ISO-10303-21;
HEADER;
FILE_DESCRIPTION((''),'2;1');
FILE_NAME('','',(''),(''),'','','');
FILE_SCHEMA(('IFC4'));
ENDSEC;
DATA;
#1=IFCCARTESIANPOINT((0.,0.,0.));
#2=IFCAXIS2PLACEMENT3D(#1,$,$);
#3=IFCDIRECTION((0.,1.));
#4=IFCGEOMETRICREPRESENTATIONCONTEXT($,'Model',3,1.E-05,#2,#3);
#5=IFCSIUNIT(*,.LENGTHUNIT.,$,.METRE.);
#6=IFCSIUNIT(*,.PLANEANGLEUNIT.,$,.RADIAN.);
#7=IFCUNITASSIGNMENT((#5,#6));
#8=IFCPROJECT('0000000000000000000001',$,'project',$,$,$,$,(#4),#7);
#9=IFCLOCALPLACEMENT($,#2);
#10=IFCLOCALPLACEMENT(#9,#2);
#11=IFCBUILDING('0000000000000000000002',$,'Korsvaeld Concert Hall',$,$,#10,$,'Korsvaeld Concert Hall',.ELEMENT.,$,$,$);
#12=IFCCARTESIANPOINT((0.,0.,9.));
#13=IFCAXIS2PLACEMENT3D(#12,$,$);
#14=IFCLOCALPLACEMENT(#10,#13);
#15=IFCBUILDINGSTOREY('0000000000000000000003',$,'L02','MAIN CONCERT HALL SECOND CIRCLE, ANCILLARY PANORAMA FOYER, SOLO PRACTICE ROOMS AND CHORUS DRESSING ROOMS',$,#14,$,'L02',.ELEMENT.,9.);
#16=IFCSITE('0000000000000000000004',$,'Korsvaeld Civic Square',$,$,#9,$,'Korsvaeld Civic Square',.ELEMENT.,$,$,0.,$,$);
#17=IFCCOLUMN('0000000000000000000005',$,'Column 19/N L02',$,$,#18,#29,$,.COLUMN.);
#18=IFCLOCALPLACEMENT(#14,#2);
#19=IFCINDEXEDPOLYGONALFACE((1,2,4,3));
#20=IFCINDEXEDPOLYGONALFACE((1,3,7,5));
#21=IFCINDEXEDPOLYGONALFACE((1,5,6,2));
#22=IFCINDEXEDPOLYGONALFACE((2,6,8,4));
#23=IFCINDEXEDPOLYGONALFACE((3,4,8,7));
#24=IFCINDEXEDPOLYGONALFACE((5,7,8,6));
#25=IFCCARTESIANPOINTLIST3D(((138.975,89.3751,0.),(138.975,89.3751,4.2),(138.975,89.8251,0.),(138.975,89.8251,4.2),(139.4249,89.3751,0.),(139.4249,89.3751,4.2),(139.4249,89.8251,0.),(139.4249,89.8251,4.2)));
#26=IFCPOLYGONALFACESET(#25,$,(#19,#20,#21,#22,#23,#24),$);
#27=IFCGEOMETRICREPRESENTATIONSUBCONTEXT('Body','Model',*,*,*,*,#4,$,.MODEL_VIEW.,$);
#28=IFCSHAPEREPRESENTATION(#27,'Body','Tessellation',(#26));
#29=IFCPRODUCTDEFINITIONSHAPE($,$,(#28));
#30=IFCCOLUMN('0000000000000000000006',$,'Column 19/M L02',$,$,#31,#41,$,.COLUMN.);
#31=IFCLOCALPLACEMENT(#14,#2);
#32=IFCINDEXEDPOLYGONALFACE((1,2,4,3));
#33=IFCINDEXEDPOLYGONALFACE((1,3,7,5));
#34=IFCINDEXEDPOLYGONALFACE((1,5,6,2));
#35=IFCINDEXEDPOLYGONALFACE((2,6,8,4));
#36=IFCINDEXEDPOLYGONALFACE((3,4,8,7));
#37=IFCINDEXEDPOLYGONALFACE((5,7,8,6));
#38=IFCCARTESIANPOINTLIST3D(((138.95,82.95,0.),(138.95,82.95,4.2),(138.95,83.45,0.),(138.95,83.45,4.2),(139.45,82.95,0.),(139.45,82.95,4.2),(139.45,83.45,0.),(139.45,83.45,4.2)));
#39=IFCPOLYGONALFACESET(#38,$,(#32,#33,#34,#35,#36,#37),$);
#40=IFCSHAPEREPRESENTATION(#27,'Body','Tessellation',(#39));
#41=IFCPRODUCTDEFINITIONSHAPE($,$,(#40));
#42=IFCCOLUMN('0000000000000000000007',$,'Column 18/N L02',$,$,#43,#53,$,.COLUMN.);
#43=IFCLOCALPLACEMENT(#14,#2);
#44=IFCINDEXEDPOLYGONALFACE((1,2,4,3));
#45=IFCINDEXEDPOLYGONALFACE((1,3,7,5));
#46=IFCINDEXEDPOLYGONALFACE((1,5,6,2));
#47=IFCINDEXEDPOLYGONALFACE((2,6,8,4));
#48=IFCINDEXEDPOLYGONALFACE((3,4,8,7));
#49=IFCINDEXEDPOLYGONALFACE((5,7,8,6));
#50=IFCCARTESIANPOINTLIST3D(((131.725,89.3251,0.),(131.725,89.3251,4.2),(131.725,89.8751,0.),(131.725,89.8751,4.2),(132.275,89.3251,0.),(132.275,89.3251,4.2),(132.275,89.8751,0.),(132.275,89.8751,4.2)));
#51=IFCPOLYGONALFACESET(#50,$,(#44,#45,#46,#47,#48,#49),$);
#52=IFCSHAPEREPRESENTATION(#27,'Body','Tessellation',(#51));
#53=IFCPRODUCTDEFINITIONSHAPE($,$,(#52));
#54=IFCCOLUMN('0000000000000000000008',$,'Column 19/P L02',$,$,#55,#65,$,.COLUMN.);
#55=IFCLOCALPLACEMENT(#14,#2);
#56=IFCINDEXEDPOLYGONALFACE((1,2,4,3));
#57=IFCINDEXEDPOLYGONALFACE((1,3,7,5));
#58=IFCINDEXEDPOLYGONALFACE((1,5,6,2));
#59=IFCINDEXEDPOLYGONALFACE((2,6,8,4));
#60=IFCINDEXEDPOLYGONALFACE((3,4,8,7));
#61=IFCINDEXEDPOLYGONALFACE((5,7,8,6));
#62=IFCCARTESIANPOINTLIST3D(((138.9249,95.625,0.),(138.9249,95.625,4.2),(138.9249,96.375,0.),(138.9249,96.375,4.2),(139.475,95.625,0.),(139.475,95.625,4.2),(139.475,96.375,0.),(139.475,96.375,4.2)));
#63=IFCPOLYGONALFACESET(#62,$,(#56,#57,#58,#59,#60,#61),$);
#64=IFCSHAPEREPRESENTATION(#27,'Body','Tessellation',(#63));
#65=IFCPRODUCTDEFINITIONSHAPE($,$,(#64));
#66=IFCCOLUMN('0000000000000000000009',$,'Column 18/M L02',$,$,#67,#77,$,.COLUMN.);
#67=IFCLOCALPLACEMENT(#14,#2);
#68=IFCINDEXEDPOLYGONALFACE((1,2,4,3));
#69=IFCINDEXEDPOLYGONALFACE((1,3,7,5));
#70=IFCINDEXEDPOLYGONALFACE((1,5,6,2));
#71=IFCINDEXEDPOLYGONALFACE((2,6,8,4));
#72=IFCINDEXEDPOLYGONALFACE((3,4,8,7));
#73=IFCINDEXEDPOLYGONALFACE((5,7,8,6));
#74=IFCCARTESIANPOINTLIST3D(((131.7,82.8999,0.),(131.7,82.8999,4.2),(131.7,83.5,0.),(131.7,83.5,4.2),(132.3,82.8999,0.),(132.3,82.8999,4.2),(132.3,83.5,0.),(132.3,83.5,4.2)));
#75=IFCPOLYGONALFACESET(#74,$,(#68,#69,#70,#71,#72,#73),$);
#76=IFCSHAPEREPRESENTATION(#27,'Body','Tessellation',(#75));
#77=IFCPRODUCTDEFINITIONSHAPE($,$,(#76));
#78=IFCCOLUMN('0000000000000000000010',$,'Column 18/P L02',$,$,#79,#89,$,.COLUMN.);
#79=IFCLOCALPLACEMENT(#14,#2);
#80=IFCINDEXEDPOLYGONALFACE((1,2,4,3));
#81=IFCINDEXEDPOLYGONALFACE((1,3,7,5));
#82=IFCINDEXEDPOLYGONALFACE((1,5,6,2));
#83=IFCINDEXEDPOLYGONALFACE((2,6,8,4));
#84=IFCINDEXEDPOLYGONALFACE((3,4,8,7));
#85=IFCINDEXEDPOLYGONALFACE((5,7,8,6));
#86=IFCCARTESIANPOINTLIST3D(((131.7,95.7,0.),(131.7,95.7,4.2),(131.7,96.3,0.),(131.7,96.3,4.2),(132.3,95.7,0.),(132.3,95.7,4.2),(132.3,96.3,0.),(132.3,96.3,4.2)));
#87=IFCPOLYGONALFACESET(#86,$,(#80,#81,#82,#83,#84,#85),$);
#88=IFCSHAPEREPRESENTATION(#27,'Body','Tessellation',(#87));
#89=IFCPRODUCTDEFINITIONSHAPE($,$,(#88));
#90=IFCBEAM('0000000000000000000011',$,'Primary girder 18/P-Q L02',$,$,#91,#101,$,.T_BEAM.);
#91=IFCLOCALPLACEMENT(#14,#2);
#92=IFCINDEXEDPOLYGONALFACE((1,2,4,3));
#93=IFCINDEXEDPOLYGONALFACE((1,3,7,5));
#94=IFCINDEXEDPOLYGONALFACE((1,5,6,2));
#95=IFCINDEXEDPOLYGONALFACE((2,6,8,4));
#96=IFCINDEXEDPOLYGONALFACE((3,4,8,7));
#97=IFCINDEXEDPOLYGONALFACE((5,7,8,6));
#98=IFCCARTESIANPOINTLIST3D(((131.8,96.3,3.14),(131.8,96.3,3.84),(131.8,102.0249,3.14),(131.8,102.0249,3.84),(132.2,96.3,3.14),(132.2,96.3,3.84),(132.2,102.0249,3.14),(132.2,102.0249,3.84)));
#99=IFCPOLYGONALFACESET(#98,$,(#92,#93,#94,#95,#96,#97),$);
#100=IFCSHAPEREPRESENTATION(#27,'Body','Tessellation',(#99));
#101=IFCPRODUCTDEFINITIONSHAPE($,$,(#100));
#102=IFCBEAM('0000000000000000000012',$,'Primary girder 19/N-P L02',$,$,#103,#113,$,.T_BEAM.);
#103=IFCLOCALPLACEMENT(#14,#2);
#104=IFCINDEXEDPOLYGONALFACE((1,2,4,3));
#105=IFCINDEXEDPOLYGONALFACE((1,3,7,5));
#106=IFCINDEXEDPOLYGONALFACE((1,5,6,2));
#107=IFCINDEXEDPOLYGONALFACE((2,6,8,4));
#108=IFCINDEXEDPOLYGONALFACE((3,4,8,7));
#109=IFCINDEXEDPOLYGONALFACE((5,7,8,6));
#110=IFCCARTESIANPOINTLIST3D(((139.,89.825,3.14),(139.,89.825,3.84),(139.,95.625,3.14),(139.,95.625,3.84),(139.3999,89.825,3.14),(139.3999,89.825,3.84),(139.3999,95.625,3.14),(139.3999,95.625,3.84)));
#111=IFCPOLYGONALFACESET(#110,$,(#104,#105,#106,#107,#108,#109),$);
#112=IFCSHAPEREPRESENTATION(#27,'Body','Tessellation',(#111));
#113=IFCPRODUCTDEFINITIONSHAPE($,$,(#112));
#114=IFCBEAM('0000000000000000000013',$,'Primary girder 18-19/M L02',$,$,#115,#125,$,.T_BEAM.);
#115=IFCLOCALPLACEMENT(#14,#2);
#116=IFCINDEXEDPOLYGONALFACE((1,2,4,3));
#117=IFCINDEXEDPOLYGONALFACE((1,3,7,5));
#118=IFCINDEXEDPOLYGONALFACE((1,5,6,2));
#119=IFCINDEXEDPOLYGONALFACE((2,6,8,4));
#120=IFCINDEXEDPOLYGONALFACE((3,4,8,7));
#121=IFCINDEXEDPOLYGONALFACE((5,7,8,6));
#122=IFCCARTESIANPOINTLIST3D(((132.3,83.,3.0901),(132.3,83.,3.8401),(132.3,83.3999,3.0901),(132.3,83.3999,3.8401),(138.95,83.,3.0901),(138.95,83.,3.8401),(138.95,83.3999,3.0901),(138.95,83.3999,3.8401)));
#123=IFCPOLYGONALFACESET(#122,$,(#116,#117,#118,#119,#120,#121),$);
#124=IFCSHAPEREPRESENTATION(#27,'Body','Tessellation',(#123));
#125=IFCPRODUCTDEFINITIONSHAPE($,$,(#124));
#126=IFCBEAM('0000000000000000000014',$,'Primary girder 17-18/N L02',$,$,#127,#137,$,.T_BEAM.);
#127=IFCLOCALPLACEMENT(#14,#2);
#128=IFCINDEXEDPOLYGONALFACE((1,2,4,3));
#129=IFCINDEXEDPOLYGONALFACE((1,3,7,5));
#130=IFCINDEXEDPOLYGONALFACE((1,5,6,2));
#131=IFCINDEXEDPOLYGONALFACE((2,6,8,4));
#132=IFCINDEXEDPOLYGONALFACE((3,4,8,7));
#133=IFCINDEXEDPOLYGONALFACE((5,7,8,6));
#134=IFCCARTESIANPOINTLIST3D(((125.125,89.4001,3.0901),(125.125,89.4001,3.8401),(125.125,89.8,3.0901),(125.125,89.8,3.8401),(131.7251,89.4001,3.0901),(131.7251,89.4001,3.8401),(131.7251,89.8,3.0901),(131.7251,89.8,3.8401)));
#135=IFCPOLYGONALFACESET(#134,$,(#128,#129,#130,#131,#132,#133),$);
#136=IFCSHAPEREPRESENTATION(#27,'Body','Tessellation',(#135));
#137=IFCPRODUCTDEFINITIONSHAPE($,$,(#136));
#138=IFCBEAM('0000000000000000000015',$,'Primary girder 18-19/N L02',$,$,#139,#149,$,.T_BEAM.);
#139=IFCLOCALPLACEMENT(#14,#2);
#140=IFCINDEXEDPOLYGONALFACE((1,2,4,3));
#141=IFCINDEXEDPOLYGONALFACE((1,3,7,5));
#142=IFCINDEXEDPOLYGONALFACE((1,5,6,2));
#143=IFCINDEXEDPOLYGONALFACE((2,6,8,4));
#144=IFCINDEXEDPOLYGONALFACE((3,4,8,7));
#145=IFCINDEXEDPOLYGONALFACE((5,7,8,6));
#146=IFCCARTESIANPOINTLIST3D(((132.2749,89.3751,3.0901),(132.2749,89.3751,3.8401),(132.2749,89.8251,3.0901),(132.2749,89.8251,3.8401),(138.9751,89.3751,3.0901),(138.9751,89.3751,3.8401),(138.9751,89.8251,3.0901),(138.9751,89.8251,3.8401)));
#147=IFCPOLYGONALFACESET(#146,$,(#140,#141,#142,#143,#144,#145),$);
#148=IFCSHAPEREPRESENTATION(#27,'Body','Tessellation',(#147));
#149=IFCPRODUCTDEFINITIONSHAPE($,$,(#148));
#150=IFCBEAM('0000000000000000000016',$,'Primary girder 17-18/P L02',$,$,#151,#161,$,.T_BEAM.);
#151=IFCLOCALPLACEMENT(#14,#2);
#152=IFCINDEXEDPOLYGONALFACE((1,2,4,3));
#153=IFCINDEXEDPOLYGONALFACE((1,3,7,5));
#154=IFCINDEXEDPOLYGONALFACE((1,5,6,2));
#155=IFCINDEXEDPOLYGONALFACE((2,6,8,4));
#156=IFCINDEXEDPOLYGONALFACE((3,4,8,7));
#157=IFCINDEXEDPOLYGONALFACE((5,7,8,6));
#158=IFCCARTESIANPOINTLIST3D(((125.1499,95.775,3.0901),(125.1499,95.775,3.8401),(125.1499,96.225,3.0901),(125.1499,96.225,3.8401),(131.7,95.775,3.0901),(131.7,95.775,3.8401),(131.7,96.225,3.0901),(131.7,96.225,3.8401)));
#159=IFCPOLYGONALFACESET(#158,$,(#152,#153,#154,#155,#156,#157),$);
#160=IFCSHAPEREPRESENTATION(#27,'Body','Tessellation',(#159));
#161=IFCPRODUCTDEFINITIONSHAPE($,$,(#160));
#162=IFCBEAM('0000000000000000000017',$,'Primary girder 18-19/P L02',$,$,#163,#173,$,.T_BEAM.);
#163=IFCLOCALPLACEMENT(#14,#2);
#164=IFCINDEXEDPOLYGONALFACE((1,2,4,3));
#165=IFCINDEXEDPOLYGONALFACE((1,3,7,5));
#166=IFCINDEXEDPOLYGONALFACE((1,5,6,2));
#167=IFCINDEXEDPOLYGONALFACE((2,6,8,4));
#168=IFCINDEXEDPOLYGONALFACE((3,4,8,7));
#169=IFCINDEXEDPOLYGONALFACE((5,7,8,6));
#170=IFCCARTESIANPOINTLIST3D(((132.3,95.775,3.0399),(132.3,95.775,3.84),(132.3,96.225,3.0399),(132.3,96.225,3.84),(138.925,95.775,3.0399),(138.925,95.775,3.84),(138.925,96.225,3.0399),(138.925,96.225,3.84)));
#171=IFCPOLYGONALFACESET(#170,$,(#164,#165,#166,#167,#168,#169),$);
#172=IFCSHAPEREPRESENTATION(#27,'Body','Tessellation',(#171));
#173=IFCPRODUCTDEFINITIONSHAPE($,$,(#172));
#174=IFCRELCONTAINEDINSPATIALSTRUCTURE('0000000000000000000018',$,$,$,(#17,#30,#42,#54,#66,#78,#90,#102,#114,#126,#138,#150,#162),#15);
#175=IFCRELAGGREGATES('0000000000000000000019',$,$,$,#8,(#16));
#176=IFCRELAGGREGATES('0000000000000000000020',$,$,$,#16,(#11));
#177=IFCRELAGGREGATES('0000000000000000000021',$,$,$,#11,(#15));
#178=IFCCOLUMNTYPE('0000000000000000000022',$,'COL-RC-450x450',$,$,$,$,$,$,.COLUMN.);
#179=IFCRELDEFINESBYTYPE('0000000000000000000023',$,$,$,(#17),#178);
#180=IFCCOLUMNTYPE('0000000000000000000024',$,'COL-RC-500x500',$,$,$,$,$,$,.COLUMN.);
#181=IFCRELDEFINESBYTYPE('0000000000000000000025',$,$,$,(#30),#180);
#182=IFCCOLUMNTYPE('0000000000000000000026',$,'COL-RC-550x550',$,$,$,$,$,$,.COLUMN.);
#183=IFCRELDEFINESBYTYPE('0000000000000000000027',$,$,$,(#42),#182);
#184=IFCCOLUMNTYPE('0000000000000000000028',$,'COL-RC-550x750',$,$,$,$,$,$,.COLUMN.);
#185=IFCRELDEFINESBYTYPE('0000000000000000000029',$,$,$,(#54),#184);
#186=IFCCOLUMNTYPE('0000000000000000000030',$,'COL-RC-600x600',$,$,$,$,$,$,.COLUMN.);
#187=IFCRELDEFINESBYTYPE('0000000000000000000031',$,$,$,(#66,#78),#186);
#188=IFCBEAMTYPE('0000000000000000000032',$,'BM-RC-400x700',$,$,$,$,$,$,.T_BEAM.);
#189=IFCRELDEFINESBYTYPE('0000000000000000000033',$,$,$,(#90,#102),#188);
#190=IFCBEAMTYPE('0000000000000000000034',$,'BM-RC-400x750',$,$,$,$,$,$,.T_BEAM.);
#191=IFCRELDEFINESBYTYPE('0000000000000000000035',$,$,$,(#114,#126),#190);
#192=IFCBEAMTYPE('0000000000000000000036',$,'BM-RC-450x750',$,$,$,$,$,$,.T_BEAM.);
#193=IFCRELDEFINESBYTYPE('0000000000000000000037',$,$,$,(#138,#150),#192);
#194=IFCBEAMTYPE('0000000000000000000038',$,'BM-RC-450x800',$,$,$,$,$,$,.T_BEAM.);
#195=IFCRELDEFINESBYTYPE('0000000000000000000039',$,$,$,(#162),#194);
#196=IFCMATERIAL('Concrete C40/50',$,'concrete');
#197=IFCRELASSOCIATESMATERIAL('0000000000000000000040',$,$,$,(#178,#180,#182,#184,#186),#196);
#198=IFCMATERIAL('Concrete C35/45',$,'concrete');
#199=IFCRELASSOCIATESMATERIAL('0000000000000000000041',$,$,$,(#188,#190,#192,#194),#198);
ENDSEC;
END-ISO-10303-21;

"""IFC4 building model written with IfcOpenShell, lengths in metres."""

from ifc_helpers import new_model, si_unit, direction, frame, origin, origin_2d, place, context, subcontext, project, spatial, rectangle, extrude, material, material_profile, profile_set, type_object, element, save


model = new_model("IFC4")

# Units and contexts
model_context = context("Model", 3, precision=1e-05, world=origin(), true_north=direction((0.0, 1.0)))
body_context = subcontext(model_context, "Body", "Model", "MODEL_VIEW")
ifc_project = project(units=[si_unit("LENGTHUNIT", "METRE"), si_unit("PLANEANGLEUNIT", "RADIAN")], contexts=[model_context])

# Site, building, storey
site_placement = place(None, origin())
site = spatial("IfcSite", under=ifc_project, at=site_placement, Name="Korsvaeld Civic Square", LongName="Korsvaeld Civic Square", CompositionType="ELEMENT", RefElevation=0.0)
building_placement = place(site_placement, origin())
building = spatial("IfcBuilding", under=site, at=building_placement, Name="Korsvaeld Concert Hall", LongName="Korsvaeld Concert Hall", CompositionType="ELEMENT")
storey_placement = place(building_placement, frame((0.0, 0.0, 9.0)))
storey = spatial("IfcBuildingStorey", under=building, at=storey_placement, Name="L02", Description="MAIN CONCERT HALL SECOND CIRCLE, ANCILLARY PANORAMA FOYER, SOLO PRACTICE ROOMS AND CHORUS DRESSING ROOMS", LongName="L02", CompositionType="ELEMENT", Elevation=9.0)

# Columns
ifc_material_1 = material(Name="Concrete C40/50", Category="concrete")
ifc_material_profile_1 = material_profile(ifc_material_1, rectangle(XDim=0.45, YDim=0.45, at=origin_2d()), Name="RC 450x450")
ifc_profile_set_1 = profile_set([ifc_material_profile_1], Name="Concrete C40/50")
column_type_1 = type_object("IfcColumnType", Name="COL-RC-450x450", PredefinedType="COLUMN", material=ifc_profile_set_1)
column_1_placement = place(storey_placement, frame((139.2, 89.6001, 0.0), z_axis=(0.0, 0.0, 1.0), x_axis=(1.0, 0.0, 0.0)))
element("IfcColumn", 1, at=column_1_placement, inside=storey, type_object=column_type_1, Name="Column 19/N L02", PredefinedType="COLUMN", context=body_context, shape_type="SweptSolid", body=[
    extrude(rectangle(XDim=0.45, YDim=0.45, at=origin_2d()), origin(), (0.0, 0.0, 1.0), 4.2),
])
ifc_material_profile_2 = material_profile(ifc_material_1, rectangle(XDim=0.5, YDim=0.5, at=origin_2d()), Name="RC 500x500")
ifc_profile_set_2 = profile_set([ifc_material_profile_2], Name="Concrete C40/50")
column_type_2 = type_object("IfcColumnType", Name="COL-RC-500x500", PredefinedType="COLUMN", material=ifc_profile_set_2)
column_2_placement = place(storey_placement, frame((139.2, 83.2, 0.0), z_axis=(0.0, 0.0, 1.0), x_axis=(1.0, 0.0, 0.0)))
element("IfcColumn", 2, at=column_2_placement, inside=storey, type_object=column_type_2, Name="Column 19/M L02", PredefinedType="COLUMN", context=body_context, shape_type="SweptSolid", body=[
    extrude(rectangle(XDim=0.5, YDim=0.5, at=origin_2d()), origin(), (0.0, 0.0, 1.0), 4.2),
])
ifc_material_profile_3 = material_profile(ifc_material_1, rectangle(XDim=0.55, YDim=0.55, at=origin_2d()), Name="RC 550x550")
ifc_profile_set_3 = profile_set([ifc_material_profile_3], Name="Concrete C40/50")
column_type_3 = type_object("IfcColumnType", Name="COL-RC-550x550", PredefinedType="COLUMN", material=ifc_profile_set_3)
column_3_placement = place(storey_placement, frame((132.0, 89.6001, 0.0), z_axis=(0.0, 0.0, 1.0), x_axis=(1.0, 0.0, 0.0)))
element("IfcColumn", 3, at=column_3_placement, inside=storey, type_object=column_type_3, Name="Column 18/N L02", PredefinedType="COLUMN", context=body_context, shape_type="SweptSolid", body=[
    extrude(rectangle(XDim=0.55, YDim=0.55, at=origin_2d()), origin(), (0.0, 0.0, 1.0), 4.2),
])
ifc_material_profile_4 = material_profile(ifc_material_1, rectangle(XDim=0.55, YDim=0.75, at=origin_2d()), Name="RC 550x750")
ifc_profile_set_4 = profile_set([ifc_material_profile_4], Name="Concrete C40/50")
column_type_4 = type_object("IfcColumnType", Name="COL-RC-550x750", PredefinedType="COLUMN", material=ifc_profile_set_4)
column_4_placement = place(storey_placement, frame((139.2, 96.0, 0.0), z_axis=(0.0, 0.0, 1.0), x_axis=(1.0, 0.0, 0.0)))
element("IfcColumn", 4, at=column_4_placement, inside=storey, type_object=column_type_4, Name="Column 19/P L02", PredefinedType="COLUMN", context=body_context, shape_type="SweptSolid", body=[
    extrude(rectangle(XDim=0.55, YDim=0.75, at=origin_2d()), origin(), (0.0, 0.0, 1.0), 4.2),
])
ifc_material_profile_5 = material_profile(ifc_material_1, rectangle(XDim=0.6001, YDim=0.6001, at=origin_2d()), Name="RC 600x600")
ifc_profile_set_5 = profile_set([ifc_material_profile_5], Name="Concrete C40/50")
column_type_5 = type_object("IfcColumnType", Name="COL-RC-600x600", PredefinedType="COLUMN", material=ifc_profile_set_5)
for number, where, z_axis, x_axis, name in (
    (5, (132.0, 83.2, 0.0), (0.0, 0.0, 1.0), (1.0, 0.0, 0.0), "Column 18/M L02"),
    (6, (132.0, 96.0, 0.0), (0.0, 0.0, 1.0), (1.0, 0.0, 0.0), "Column 18/P L02"),
):
    element("IfcColumn", number, at=place(storey_placement, frame(where, z_axis=z_axis, x_axis=x_axis)), inside=storey, type_object=column_type_5, Name=name, PredefinedType="COLUMN", context=body_context, shape_type="SweptSolid", body=[
        extrude(rectangle(XDim=0.6001, YDim=0.6001, at=origin_2d()), origin(), (0.0, 0.0, 1.0), 4.2),
    ])

# Beams
ifc_material_2 = material(Name="Concrete C35/45", Category="concrete")
ifc_material_profile_6 = material_profile(ifc_material_2, rectangle(XDim=0.3999, YDim=0.7, at=origin_2d()), Name="RC 400x700")
ifc_profile_set_6 = profile_set([ifc_material_profile_6], Name="Concrete C35/45")
beam_type_1 = type_object("IfcBeamType", Name="BM-RC-400x700", PredefinedType="T_BEAM", material=ifc_profile_set_6)
beam_1_placement = place(storey_placement, frame((132.0, 96.3, 3.49), z_axis=(0.0, 1.0, 0.0), x_axis=(-1.0, 0.0, 0.0)))
element("IfcBeam", 7, at=beam_1_placement, inside=storey, type_object=beam_type_1, Name="Primary girder 18/P-Q L02", PredefinedType="T_BEAM", context=body_context, shape_type="SweptSolid", body=[
    extrude(rectangle(XDim=0.3999, YDim=0.7, at=origin_2d()), origin(), (0.0, 0.0, 1.0), 5.7249),
])
beam_2_placement = place(storey_placement, frame((139.2, 89.825, 3.49), z_axis=(0.0, 1.0, 0.0), x_axis=(-1.0, 0.0, 0.0)))
element("IfcBeam", 8, at=beam_2_placement, inside=storey, type_object=beam_type_1, Name="Primary girder 19/N-P L02", PredefinedType="T_BEAM", context=body_context, shape_type="SweptSolid", body=[
    extrude(rectangle(XDim=0.3999, YDim=0.7, at=origin_2d()), origin(), (0.0, 0.0, 1.0), 5.8),
])
ifc_material_profile_7 = material_profile(ifc_material_2, rectangle(XDim=0.3999, YDim=0.75, at=origin_2d()), Name="RC 400x750")
ifc_profile_set_7 = profile_set([ifc_material_profile_7], Name="Concrete C35/45")
beam_type_2 = type_object("IfcBeamType", Name="BM-RC-400x750", PredefinedType="T_BEAM", material=ifc_profile_set_7)
beam_3_placement = place(storey_placement, frame((132.3, 83.2, 3.4651), z_axis=(1.0, 0.0, 0.0), x_axis=(0.0, 1.0, 0.0)))
element("IfcBeam", 9, at=beam_3_placement, inside=storey, type_object=beam_type_2, Name="Primary girder 18-19/M L02", PredefinedType="T_BEAM", context=body_context, shape_type="SweptSolid", body=[
    extrude(rectangle(XDim=0.3999, YDim=0.75, at=origin_2d()), origin(), (0.0, 0.0, 1.0), 6.6499),
])
beam_4_placement = place(storey_placement, frame((125.125, 89.6001, 3.4651), z_axis=(1.0, 0.0, 0.0), x_axis=(0.0, 1.0, 0.0)))
element("IfcBeam", 10, at=beam_4_placement, inside=storey, type_object=beam_type_2, Name="Primary girder 17-18/N L02", PredefinedType="T_BEAM", context=body_context, shape_type="SweptSolid", body=[
    extrude(rectangle(XDim=0.3999, YDim=0.75, at=origin_2d()), origin(), (0.0, 0.0, 1.0), 6.6001),
])
ifc_material_profile_8 = material_profile(ifc_material_2, rectangle(XDim=0.45, YDim=0.75, at=origin_2d()), Name="RC 450x750")
ifc_profile_set_8 = profile_set([ifc_material_profile_8], Name="Concrete C35/45")
beam_type_3 = type_object("IfcBeamType", Name="BM-RC-450x750", PredefinedType="T_BEAM", material=ifc_profile_set_8)
beam_5_placement = place(storey_placement, frame((132.2749, 89.6001, 3.4651), z_axis=(1.0, 0.0, 0.0), x_axis=(0.0, 1.0, 0.0)))
element("IfcBeam", 11, at=beam_5_placement, inside=storey, type_object=beam_type_3, Name="Primary girder 18-19/N L02", PredefinedType="T_BEAM", context=body_context, shape_type="SweptSolid", body=[
    extrude(rectangle(XDim=0.45, YDim=0.75, at=origin_2d()), origin(), (0.0, 0.0, 1.0), 6.7002),
])
beam_6_placement = place(storey_placement, frame((125.1499, 96.0, 3.4651), z_axis=(1.0, 0.0, 0.0), x_axis=(0.0, 1.0, 0.0)))
element("IfcBeam", 12, at=beam_6_placement, inside=storey, type_object=beam_type_3, Name="Primary girder 17-18/P L02", PredefinedType="T_BEAM", context=body_context, shape_type="SweptSolid", body=[
    extrude(rectangle(XDim=0.45, YDim=0.75, at=origin_2d()), origin(), (0.0, 0.0, 1.0), 6.55),
])
ifc_material_profile_9 = material_profile(ifc_material_2, rectangle(XDim=0.45, YDim=0.8, at=origin_2d()), Name="RC 450x800")
ifc_profile_set_9 = profile_set([ifc_material_profile_9], Name="Concrete C35/45")
beam_type_4 = type_object("IfcBeamType", Name="BM-RC-450x800", PredefinedType="T_BEAM", material=ifc_profile_set_9)
beam_7_placement = place(storey_placement, frame((132.3, 96.0, 3.4399), z_axis=(1.0, 0.0, 0.0), x_axis=(0.0, 1.0, 0.0)))
element("IfcBeam", 13, at=beam_7_placement, inside=storey, type_object=beam_type_4, Name="Primary girder 18-19/P L02", PredefinedType="T_BEAM", context=body_context, shape_type="SweptSolid", body=[
    extrude(rectangle(XDim=0.45, YDim=0.8, at=origin_2d()), origin(), (0.0, 0.0, 1.0), 6.625),
])

save(model, "model.ifc")
